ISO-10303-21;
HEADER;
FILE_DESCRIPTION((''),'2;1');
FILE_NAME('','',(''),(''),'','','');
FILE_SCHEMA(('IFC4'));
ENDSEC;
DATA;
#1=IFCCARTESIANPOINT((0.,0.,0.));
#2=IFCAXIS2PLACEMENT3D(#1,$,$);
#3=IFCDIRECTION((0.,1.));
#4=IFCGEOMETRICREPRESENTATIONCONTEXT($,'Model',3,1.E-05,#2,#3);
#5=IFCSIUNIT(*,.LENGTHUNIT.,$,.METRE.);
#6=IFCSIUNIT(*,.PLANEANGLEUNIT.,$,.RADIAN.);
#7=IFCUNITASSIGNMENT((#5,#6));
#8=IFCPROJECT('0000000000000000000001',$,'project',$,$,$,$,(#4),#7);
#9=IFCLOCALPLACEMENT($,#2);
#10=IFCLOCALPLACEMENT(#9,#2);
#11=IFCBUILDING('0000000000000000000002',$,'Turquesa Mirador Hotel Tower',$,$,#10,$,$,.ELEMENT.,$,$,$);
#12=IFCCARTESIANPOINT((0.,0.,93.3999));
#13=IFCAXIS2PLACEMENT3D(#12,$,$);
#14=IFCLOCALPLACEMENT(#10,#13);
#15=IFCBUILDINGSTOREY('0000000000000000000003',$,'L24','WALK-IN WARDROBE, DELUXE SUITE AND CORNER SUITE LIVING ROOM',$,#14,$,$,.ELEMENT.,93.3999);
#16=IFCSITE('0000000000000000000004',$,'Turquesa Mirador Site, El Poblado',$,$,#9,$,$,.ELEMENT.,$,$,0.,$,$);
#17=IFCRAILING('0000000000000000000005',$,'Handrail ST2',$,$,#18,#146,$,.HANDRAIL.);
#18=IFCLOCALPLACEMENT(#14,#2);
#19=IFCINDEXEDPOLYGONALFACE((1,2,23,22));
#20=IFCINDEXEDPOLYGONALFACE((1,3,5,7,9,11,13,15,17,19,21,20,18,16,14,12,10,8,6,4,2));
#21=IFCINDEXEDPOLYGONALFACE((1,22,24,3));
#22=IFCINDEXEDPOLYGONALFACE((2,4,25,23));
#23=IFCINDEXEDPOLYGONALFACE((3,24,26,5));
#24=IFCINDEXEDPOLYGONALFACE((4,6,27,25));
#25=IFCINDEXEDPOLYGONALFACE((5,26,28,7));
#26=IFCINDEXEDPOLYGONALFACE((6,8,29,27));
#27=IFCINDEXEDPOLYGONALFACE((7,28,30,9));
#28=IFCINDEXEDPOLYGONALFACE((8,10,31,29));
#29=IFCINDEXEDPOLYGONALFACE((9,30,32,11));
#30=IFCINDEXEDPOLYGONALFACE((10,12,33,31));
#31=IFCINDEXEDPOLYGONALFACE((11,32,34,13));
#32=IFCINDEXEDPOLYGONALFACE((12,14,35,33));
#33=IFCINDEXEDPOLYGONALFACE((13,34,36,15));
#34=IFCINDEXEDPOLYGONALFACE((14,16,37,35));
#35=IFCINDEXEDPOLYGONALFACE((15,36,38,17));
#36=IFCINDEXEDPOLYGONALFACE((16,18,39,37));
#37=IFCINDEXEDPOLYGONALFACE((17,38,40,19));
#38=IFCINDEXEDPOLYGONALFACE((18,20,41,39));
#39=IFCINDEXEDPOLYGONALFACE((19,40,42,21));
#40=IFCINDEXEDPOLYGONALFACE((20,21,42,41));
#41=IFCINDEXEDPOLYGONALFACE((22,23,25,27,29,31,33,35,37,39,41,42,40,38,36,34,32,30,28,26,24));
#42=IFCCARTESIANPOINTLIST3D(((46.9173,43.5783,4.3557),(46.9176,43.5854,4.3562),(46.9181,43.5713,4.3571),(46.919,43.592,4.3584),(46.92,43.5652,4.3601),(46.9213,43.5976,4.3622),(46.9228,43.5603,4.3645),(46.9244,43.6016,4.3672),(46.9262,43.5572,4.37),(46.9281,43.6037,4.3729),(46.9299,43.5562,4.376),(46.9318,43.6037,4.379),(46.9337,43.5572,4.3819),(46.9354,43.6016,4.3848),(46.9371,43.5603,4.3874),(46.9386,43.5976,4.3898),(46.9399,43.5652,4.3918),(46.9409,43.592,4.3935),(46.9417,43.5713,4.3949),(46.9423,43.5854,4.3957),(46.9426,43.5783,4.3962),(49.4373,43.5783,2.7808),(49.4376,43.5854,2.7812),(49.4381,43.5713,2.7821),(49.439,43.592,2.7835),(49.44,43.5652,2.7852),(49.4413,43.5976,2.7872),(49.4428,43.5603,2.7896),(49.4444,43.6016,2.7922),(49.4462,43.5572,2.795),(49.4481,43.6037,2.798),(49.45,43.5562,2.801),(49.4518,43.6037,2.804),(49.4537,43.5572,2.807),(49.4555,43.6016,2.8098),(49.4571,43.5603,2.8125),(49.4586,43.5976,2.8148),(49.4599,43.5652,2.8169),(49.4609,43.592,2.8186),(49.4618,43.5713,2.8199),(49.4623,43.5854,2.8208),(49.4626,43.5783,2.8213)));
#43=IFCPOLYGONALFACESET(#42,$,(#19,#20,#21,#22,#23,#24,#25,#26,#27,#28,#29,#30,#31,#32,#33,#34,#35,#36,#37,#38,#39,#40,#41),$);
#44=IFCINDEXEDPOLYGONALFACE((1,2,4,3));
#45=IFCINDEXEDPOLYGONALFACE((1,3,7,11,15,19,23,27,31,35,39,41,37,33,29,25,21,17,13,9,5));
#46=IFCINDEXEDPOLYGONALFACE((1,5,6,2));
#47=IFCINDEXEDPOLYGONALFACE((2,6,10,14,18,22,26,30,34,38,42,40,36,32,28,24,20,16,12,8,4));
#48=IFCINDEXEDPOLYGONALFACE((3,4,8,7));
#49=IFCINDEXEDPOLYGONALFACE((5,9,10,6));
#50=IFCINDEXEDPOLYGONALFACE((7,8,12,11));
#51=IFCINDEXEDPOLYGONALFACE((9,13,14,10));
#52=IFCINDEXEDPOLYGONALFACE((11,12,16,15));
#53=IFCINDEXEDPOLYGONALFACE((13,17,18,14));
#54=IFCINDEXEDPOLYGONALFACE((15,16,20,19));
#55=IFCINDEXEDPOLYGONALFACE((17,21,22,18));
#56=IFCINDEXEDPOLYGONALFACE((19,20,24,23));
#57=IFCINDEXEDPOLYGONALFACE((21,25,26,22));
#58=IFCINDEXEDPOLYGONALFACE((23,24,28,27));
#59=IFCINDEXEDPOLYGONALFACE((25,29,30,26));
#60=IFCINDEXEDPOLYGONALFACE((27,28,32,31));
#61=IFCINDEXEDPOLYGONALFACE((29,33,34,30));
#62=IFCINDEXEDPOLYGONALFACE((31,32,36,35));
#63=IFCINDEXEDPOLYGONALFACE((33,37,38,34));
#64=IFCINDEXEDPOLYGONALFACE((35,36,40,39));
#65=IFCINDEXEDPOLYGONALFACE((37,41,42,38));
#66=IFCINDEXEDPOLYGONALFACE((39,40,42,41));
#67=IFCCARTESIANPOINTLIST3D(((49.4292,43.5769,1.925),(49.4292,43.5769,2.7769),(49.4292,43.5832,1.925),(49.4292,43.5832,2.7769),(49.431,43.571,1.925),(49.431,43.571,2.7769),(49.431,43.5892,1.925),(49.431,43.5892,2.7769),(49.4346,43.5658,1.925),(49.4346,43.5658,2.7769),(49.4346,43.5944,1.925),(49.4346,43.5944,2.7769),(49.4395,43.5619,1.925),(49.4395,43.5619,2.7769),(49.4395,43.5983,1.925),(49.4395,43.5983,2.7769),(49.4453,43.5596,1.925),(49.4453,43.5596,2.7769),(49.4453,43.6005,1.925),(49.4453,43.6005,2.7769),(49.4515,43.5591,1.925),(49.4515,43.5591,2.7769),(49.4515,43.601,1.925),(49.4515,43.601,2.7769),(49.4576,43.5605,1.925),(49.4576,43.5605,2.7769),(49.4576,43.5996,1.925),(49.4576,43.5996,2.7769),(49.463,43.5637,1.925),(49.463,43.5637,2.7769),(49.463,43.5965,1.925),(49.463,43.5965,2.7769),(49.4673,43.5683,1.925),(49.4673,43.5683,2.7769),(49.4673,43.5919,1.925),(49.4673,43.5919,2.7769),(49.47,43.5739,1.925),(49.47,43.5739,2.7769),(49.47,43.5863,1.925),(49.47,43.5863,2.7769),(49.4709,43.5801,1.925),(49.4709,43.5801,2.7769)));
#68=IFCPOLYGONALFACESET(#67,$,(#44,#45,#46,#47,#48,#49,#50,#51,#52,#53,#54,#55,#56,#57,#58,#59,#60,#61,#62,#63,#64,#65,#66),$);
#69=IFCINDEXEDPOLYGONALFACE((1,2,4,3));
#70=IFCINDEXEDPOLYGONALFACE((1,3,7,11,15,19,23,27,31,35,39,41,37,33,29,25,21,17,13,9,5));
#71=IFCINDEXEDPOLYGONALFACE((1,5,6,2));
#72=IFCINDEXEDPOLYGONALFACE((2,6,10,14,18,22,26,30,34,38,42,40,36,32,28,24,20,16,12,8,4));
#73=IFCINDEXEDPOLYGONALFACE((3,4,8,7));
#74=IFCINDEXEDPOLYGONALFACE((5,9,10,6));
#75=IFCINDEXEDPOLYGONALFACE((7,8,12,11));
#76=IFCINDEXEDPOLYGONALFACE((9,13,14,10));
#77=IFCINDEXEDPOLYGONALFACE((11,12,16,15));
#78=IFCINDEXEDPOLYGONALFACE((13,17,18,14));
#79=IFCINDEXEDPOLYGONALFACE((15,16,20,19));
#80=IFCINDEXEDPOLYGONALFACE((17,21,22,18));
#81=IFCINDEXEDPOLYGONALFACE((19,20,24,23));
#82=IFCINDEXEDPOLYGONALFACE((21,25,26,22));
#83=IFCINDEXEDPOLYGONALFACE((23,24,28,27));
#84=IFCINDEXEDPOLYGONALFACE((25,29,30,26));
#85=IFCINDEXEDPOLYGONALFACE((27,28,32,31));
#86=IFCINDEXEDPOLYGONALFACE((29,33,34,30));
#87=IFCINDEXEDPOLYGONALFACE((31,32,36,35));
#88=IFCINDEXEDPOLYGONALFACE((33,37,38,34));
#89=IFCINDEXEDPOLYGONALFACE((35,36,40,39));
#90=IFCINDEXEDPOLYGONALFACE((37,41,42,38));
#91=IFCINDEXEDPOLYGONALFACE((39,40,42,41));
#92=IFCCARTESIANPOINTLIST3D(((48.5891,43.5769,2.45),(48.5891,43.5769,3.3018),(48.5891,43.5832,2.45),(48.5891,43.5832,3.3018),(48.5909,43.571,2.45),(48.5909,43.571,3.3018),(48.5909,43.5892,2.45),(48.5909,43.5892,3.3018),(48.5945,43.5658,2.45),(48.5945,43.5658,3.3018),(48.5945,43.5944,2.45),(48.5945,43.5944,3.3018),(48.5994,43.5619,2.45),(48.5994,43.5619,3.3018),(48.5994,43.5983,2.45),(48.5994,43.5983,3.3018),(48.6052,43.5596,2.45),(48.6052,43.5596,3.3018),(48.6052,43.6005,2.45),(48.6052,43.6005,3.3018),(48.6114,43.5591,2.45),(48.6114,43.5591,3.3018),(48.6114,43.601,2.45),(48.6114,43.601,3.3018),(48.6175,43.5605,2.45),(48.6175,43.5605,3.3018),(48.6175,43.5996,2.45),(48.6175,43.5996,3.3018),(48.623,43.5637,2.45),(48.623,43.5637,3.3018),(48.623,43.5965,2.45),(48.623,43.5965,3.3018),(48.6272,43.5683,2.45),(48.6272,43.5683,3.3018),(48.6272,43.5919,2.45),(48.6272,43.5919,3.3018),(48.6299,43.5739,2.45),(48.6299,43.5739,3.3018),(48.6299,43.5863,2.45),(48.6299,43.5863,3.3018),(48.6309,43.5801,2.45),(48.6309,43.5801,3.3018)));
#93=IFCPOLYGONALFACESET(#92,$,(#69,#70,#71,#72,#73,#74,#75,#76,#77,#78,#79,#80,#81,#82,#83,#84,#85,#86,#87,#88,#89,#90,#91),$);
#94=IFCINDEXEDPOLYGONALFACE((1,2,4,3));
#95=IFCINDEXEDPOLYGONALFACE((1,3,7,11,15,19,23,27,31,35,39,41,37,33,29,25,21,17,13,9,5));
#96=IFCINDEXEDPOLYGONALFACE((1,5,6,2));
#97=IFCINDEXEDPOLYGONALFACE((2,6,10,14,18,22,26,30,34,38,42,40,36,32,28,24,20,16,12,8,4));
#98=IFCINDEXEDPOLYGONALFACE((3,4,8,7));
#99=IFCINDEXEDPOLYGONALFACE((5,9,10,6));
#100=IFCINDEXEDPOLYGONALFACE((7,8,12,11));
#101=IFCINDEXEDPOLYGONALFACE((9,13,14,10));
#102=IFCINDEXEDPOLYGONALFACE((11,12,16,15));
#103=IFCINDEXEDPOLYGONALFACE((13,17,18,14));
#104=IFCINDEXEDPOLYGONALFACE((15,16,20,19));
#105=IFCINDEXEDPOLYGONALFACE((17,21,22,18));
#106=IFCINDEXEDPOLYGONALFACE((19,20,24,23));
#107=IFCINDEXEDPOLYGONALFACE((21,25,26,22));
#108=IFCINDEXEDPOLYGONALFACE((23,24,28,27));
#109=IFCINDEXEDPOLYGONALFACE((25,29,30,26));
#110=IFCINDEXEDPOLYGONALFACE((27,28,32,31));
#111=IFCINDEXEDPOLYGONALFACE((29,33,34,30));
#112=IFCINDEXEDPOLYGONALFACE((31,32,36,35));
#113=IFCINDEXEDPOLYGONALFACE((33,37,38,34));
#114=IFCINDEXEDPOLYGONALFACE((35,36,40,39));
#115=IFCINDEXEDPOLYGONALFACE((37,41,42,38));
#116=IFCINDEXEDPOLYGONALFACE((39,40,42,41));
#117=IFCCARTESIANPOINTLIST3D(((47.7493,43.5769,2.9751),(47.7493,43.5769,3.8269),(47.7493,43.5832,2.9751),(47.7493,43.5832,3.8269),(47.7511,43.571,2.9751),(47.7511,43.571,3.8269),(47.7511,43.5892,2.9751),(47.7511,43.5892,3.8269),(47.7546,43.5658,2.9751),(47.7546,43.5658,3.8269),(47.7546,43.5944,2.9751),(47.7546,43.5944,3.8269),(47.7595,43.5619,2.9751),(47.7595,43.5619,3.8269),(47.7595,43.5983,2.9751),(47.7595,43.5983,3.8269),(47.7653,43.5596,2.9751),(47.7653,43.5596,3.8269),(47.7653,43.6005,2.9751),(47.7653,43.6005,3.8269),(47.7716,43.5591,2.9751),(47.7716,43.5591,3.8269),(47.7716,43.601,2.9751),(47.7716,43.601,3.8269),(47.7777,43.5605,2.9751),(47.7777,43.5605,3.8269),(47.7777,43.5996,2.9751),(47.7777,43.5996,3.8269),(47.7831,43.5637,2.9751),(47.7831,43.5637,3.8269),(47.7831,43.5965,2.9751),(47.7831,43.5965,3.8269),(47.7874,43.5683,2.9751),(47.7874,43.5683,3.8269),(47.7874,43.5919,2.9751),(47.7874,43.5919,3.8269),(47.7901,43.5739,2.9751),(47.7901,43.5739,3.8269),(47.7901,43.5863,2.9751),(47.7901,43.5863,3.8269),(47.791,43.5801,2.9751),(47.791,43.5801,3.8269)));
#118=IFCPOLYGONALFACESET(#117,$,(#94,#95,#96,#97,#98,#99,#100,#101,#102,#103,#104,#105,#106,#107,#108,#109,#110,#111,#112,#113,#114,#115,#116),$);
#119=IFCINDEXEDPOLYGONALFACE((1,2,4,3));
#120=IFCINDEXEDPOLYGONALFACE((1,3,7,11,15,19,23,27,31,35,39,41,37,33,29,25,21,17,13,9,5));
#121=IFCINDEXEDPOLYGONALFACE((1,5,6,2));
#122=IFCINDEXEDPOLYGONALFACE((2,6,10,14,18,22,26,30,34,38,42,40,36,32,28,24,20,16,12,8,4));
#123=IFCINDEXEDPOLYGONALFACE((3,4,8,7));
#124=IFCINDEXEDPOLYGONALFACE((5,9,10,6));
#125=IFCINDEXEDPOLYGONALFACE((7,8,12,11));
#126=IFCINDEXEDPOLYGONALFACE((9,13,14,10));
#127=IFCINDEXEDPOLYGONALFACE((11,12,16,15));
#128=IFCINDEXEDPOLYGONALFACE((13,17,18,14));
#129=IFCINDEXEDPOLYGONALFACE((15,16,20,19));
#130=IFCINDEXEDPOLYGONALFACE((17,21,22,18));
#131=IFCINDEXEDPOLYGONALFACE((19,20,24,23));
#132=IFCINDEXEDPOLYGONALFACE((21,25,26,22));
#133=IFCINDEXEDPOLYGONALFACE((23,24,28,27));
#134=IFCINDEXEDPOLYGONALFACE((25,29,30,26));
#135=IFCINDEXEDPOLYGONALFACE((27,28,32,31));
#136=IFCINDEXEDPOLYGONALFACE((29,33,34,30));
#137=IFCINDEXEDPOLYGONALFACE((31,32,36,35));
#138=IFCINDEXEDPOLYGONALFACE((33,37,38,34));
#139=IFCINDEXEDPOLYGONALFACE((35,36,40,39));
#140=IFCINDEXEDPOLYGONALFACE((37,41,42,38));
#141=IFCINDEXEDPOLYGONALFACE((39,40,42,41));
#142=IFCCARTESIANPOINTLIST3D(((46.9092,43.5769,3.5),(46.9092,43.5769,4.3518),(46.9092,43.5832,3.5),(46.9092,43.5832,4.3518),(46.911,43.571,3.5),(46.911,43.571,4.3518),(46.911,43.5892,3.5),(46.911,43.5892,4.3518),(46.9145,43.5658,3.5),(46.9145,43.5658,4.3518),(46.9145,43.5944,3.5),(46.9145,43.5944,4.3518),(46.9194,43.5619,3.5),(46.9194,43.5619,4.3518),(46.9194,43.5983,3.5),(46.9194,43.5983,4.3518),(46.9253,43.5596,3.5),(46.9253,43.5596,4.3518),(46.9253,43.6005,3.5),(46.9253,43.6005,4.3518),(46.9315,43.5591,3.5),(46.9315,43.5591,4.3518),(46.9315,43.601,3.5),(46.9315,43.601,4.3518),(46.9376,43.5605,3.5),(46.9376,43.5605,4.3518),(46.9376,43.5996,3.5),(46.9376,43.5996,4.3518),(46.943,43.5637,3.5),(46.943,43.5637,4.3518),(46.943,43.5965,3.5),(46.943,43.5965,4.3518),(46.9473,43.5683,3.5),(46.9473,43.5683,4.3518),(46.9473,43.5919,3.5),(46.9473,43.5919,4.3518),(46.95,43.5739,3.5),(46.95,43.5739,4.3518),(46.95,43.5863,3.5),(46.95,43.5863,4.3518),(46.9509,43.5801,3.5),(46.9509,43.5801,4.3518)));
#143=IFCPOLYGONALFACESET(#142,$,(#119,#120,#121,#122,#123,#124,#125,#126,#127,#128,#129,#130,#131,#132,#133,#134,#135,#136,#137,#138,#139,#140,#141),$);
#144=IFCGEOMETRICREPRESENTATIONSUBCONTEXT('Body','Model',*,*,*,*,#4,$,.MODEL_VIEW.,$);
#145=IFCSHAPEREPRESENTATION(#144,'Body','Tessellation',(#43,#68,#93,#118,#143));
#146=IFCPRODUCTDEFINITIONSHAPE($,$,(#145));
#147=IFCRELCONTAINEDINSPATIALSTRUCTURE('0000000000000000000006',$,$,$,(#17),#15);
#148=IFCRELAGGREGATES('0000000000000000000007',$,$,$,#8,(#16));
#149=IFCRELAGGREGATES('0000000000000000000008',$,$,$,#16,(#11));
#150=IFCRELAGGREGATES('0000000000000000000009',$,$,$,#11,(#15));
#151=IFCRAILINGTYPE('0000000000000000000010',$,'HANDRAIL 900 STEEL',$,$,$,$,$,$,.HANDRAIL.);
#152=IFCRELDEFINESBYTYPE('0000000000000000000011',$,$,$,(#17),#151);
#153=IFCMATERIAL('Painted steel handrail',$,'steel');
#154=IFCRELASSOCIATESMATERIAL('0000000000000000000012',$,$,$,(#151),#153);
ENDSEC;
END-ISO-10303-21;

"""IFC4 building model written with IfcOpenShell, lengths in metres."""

from ifc_helpers import new_model, si_unit, direction, frame, origin, origin_2d, place, context, subcontext, project, spatial, circle, extrude, material, type_object, element, save


model = new_model("IFC4")

# Units and contexts
model_context = context("Model", 3, precision=1e-05, world=origin(), true_north=direction((0.0, 1.0)))
body_context = subcontext(model_context, "Body", "Model", "MODEL_VIEW")
ifc_project = project(units=[si_unit("LENGTHUNIT", "METRE"), si_unit("PLANEANGLEUNIT", "RADIAN")], contexts=[model_context])

# Site, building, storey
site_placement = place(None, origin())
site = spatial("IfcSite", under=ifc_project, at=site_placement, Name="Turquesa Mirador Site, El Poblado", CompositionType="ELEMENT", RefElevation=0.0)
building_placement = place(site_placement, origin())
building = spatial("IfcBuilding", under=site, at=building_placement, Name="Turquesa Mirador Hotel Tower", CompositionType="ELEMENT")
storey_placement = place(building_placement, frame((0.0, 0.0, 93.3999)))
storey = spatial("IfcBuildingStorey", under=building, at=storey_placement, Name="L24", Description="WALK-IN WARDROBE, DELUXE SUITE AND CORNER SUITE LIVING ROOM", CompositionType="ELEMENT", Elevation=93.3999)

# Railing
ifc_material_1 = material(Name="Painted steel handrail", Category="steel")
railing_type = type_object("IfcRailingType", Name="HANDRAIL 900 STEEL", PredefinedType="HANDRAIL", material=ifc_material_1)
railing_1_placement = place(storey_placement, frame((49.45, 43.5801, 1.925)))
element("IfcRailing", 1, at=railing_1_placement, inside=storey, type_object=railing_type, Name="Handrail ST2", PredefinedType="HANDRAIL", context=body_context, shape_type="SweptSolid", body=[
    extrude(circle(Radius=0.0239, at=origin_2d()), frame((0.0, 0.0, 0.876), z_axis=(-0.848008, 0.0, 0.529984), x_axis=(0.0, -1.0, 0.0)), (0.0, 0.0, 1.0), 2.9717),
    extrude(circle(Radius=0.021, at=origin_2d()), origin(), (0.0, 0.0, 1.0), 0.8518),
    extrude(circle(Radius=0.021, at=origin_2d()), frame((-0.8401, 0.0, 0.5249)), (0.0, 0.0, 1.0), 0.8518),
    extrude(circle(Radius=0.021, at=origin_2d()), frame((-1.6799, 0.0, 1.05)), (0.0, 0.0, 1.0), 0.8518),
    extrude(circle(Radius=0.021, at=origin_2d()), frame((-2.52, 0.0, 1.575)), (0.0, 0.0, 1.0), 0.8518),
])

save(model, "model.ifc")
